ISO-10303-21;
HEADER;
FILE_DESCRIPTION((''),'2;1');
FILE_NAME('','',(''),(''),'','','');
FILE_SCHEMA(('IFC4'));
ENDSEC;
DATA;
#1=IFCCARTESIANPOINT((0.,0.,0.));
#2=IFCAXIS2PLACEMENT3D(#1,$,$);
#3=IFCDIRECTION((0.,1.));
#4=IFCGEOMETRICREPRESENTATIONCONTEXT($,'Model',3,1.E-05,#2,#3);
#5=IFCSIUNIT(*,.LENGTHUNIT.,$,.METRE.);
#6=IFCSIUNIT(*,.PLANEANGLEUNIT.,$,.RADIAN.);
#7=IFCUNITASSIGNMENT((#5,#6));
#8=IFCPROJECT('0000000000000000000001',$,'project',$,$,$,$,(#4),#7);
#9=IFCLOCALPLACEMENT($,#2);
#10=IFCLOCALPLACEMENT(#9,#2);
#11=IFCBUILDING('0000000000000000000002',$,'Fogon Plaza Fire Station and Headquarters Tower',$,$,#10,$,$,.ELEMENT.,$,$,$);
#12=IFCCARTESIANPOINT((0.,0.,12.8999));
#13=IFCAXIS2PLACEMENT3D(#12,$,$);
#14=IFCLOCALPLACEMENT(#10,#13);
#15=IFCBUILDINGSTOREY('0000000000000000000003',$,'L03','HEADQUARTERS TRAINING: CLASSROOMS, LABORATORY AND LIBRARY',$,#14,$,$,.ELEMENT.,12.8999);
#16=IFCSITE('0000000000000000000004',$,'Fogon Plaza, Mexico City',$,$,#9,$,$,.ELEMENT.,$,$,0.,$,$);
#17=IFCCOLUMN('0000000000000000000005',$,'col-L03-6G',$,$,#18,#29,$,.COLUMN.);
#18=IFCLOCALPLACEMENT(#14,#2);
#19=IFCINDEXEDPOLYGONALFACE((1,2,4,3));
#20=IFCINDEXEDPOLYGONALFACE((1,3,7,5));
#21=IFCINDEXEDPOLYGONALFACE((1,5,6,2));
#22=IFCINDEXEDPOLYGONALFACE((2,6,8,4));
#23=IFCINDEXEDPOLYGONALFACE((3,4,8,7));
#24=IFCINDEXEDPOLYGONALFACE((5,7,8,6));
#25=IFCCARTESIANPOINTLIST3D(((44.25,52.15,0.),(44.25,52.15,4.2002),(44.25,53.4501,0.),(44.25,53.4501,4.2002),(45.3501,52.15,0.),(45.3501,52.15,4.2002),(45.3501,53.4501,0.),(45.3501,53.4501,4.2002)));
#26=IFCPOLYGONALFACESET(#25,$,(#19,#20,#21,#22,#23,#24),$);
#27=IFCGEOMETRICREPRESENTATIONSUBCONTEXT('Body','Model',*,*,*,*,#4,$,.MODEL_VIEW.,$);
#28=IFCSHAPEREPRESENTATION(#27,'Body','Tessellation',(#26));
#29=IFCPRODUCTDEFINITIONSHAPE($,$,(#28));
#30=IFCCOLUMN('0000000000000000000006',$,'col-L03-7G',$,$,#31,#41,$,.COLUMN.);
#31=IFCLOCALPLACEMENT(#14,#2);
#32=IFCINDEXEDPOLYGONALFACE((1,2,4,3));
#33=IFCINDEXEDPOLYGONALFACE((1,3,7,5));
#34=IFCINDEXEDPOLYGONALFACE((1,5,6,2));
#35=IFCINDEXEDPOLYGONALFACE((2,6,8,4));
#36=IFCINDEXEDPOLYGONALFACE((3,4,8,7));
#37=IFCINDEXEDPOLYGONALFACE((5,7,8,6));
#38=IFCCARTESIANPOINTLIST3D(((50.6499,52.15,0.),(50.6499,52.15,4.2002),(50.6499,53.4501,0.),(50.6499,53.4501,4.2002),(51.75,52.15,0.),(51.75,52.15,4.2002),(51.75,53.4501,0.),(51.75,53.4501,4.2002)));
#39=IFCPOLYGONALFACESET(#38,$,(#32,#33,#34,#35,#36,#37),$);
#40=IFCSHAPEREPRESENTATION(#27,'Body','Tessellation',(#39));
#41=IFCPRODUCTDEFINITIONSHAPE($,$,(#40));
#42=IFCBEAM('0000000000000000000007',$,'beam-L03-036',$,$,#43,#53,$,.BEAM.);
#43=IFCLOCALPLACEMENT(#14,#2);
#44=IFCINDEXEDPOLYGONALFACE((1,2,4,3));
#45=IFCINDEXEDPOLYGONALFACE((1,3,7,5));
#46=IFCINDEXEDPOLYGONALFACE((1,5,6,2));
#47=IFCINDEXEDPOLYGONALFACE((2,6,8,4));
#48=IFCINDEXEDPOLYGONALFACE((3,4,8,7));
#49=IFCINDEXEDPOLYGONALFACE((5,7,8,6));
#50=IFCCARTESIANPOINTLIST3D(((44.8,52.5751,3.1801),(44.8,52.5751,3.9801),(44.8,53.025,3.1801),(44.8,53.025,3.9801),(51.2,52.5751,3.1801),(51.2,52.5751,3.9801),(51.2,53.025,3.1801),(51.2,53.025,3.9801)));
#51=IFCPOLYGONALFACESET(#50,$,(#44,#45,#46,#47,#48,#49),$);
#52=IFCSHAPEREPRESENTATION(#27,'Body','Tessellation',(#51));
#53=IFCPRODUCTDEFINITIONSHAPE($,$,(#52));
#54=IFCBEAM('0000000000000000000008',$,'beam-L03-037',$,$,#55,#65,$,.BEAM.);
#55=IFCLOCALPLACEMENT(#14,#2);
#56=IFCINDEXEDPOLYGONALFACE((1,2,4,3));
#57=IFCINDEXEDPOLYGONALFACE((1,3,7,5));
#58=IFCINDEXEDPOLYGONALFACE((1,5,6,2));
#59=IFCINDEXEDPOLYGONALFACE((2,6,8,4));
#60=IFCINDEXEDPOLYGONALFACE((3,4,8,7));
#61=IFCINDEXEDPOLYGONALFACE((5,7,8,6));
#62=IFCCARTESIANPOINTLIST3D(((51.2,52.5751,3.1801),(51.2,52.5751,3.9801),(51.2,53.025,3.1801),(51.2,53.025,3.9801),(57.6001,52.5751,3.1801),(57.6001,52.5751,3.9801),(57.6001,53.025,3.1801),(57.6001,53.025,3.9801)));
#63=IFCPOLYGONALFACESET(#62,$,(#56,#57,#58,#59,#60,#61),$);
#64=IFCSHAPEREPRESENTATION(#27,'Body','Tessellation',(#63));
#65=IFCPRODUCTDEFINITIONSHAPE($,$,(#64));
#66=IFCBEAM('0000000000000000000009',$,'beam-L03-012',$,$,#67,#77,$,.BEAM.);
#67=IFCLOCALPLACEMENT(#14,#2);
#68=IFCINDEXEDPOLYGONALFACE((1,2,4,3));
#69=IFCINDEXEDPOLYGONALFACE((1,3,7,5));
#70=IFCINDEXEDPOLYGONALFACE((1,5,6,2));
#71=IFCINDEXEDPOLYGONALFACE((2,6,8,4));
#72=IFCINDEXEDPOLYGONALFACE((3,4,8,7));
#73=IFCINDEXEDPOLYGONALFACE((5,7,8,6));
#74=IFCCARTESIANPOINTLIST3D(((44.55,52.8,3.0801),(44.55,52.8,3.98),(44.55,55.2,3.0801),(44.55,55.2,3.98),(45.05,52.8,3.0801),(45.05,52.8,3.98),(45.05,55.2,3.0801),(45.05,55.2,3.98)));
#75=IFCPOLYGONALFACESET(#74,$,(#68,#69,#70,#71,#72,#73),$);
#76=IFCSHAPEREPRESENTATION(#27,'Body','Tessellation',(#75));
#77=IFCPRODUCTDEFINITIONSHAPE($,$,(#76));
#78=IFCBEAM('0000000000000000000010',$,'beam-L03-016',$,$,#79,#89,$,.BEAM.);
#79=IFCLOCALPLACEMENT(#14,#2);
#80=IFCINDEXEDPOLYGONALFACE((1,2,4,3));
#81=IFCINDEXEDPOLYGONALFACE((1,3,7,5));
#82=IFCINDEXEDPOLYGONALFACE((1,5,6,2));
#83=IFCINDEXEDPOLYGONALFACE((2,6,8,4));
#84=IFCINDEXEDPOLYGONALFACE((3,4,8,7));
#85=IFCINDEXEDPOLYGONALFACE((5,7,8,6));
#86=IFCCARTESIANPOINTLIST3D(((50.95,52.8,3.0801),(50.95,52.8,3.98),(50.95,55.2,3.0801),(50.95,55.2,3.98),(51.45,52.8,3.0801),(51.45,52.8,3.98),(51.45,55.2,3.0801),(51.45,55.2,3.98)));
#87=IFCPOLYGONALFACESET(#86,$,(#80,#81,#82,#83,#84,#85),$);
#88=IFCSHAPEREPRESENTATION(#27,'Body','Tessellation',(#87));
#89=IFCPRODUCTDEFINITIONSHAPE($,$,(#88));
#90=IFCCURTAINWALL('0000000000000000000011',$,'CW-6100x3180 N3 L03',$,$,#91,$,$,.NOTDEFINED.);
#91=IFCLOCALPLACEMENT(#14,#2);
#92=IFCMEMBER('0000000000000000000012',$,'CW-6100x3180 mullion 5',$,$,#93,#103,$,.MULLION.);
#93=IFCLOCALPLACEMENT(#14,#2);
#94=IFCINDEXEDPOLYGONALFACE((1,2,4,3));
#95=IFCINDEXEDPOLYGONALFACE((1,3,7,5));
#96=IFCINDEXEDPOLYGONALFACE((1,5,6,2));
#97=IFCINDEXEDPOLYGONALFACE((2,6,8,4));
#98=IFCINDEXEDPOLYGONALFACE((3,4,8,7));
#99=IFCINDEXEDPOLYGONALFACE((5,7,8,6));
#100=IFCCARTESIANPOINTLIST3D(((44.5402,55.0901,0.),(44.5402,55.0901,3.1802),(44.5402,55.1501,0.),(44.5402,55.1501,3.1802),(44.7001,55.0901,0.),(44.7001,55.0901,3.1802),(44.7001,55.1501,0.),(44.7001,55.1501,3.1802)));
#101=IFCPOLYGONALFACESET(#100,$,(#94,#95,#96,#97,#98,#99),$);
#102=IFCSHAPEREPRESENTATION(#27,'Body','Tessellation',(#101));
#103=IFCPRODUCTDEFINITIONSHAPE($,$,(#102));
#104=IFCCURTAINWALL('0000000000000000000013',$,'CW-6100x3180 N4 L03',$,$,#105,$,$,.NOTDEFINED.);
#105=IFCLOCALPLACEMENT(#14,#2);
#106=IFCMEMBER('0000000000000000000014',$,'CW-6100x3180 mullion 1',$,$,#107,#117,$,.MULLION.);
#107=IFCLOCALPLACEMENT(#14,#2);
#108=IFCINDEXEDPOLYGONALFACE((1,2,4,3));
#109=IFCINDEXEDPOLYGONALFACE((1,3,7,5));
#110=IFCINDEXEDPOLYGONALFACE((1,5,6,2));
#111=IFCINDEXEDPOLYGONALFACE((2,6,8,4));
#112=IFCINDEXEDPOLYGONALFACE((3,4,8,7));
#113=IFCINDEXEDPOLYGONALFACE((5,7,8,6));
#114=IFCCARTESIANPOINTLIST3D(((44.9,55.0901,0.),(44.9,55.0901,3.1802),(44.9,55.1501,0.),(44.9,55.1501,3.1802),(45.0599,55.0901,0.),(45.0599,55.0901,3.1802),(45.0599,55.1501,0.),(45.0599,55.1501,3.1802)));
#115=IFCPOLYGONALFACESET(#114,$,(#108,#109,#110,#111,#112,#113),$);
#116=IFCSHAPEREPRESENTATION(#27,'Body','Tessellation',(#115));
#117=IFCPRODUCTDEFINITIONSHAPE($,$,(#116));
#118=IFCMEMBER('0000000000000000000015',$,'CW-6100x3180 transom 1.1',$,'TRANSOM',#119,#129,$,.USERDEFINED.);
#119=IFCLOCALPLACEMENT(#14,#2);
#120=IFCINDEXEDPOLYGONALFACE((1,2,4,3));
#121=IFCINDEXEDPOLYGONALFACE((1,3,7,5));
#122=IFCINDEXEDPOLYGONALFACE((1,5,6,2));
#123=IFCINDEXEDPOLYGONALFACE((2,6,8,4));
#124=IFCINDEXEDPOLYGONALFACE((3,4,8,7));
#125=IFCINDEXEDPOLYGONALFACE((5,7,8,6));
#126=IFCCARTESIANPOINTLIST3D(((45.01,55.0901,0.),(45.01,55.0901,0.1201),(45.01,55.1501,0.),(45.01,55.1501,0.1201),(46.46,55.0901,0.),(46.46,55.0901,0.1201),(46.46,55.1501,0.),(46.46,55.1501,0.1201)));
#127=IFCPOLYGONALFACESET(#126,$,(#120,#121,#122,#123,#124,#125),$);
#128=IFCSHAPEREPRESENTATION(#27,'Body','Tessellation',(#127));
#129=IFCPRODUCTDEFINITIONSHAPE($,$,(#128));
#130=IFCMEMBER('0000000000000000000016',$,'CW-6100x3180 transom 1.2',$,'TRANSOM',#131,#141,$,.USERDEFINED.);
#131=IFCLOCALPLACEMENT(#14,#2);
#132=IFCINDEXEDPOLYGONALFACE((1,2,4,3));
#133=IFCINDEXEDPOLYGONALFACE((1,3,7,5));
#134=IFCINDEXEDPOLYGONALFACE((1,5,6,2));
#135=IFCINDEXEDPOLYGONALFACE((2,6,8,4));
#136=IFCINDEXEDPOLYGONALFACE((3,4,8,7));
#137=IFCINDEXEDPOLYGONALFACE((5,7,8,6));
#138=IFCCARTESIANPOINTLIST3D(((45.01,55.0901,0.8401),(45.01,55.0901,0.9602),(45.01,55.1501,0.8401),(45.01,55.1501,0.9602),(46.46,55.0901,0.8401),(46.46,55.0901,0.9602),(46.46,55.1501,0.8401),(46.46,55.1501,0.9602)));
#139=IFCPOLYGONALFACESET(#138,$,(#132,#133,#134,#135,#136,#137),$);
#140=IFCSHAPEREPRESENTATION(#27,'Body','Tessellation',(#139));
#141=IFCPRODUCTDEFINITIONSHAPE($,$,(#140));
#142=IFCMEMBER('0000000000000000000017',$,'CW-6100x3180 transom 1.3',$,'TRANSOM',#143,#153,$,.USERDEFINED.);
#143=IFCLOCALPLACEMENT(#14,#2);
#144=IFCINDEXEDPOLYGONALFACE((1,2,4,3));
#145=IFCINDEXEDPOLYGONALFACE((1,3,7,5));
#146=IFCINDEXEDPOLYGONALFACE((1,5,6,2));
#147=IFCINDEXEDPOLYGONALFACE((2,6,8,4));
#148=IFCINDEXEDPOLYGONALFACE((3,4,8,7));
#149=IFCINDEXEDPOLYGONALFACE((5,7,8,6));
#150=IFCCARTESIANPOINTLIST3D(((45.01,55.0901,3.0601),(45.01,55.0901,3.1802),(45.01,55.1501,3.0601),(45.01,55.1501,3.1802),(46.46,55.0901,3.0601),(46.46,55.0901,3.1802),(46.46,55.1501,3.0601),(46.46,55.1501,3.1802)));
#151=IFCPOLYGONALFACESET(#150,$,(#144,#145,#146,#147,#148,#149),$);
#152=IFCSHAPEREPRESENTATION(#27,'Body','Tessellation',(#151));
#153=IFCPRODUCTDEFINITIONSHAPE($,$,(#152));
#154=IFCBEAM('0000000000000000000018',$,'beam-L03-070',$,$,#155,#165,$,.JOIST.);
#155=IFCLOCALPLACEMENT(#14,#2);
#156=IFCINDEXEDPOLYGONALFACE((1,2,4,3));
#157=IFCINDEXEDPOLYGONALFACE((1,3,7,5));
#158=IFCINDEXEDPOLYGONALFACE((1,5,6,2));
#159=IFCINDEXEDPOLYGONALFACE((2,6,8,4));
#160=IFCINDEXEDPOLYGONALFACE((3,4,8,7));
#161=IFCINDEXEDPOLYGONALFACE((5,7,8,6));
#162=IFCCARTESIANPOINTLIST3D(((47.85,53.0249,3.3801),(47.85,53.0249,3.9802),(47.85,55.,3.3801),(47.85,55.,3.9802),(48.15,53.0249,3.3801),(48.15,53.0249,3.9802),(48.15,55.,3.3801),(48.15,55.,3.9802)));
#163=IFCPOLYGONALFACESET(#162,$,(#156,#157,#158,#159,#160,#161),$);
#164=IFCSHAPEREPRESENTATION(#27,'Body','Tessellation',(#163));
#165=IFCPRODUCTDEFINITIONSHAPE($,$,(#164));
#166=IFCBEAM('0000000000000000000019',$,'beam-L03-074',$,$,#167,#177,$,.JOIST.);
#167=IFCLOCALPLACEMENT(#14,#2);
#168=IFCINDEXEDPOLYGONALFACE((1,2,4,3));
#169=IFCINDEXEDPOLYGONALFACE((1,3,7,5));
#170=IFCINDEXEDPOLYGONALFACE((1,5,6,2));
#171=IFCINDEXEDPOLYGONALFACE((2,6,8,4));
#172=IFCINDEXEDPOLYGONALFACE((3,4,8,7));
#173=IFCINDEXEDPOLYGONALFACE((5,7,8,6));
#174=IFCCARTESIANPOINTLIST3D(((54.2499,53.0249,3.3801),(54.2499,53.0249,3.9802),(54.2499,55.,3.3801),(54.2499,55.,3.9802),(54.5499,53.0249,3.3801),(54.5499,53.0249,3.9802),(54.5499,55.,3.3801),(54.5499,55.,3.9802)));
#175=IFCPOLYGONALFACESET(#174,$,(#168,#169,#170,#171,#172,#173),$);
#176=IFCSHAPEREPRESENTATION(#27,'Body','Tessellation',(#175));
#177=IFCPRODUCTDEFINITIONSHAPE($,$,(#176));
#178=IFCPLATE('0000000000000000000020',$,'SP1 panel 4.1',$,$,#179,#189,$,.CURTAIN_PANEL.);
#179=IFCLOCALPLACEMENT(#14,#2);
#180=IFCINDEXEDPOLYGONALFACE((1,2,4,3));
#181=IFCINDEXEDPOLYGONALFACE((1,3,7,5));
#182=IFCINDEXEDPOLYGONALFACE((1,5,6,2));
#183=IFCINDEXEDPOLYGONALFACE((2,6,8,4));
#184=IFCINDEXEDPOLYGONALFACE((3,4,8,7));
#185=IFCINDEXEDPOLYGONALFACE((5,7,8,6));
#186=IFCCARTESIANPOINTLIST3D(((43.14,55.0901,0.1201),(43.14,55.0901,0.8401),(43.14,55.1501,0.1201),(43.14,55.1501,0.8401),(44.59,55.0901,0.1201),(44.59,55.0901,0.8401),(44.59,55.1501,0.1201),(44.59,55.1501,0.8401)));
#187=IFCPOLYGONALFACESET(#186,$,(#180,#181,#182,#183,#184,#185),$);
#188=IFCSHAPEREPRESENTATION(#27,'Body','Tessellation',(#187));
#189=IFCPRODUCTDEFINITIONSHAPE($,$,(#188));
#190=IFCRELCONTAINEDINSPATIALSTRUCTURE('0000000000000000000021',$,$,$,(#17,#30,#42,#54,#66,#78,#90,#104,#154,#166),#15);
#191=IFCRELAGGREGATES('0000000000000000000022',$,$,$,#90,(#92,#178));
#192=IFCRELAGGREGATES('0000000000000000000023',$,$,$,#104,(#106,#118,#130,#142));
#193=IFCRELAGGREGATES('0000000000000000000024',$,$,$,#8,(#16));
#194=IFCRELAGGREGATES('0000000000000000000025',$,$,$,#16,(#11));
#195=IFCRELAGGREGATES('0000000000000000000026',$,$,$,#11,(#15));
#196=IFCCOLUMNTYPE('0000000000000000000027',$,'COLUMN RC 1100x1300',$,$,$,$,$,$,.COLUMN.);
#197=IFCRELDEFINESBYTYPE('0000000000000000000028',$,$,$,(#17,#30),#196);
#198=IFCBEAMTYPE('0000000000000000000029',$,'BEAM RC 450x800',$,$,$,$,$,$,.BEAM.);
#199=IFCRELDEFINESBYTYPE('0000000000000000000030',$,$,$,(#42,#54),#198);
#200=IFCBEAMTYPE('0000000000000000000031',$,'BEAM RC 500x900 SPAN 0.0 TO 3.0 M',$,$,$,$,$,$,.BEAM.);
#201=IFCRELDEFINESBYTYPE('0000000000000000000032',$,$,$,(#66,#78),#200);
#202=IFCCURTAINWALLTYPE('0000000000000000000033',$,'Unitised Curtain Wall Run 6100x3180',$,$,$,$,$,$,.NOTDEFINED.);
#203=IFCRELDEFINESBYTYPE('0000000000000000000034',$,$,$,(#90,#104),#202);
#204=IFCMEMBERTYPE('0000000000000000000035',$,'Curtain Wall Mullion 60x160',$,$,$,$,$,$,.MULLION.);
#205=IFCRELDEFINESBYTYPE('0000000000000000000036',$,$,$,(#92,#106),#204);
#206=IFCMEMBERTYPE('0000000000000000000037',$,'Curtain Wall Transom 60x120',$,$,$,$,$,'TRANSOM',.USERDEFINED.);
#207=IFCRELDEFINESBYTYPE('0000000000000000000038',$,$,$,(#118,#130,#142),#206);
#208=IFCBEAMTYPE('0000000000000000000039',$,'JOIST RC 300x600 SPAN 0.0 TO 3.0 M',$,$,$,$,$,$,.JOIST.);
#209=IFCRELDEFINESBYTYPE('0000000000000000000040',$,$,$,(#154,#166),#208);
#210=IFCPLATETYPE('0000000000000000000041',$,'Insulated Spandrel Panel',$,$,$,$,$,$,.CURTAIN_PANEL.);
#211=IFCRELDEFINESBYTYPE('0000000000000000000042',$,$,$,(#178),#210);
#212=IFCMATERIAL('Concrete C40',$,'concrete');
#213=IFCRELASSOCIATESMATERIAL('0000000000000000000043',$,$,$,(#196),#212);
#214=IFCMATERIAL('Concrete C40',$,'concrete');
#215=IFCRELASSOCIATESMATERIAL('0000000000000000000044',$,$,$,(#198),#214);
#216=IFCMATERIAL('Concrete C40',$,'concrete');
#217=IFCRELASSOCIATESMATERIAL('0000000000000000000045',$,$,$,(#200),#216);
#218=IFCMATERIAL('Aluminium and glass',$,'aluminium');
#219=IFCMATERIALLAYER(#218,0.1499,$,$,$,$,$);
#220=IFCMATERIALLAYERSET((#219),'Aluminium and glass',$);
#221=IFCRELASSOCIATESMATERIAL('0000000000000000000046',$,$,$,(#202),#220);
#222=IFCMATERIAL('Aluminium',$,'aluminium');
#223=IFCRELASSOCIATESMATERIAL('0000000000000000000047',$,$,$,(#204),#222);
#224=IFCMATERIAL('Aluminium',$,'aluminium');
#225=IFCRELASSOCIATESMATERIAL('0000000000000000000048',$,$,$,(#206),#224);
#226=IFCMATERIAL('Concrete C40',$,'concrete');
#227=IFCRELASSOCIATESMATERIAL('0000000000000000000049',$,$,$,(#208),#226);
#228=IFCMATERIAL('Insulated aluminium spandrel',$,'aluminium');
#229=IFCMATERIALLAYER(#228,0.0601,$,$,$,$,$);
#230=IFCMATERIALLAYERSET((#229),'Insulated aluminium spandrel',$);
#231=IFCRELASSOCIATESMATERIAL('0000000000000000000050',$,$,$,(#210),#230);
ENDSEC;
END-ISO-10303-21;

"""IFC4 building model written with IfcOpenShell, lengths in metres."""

from ifc_helpers import new_model, si_unit, direction, frame, origin, origin_2d, place, context, subcontext, project, spatial, rectangle, extrude, material, layer, layer_set, material_profile, profile_set, type_object, element, aggregate, save


model = new_model("IFC4")

# Units and contexts
model_context = context("Model", 3, precision=1e-05, world=origin(), true_north=direction((0.0, 1.0)))
body_context = subcontext(model_context, "Body", "Model", "MODEL_VIEW")
ifc_project = project(units=[si_unit("LENGTHUNIT", "METRE"), si_unit("PLANEANGLEUNIT", "RADIAN")], contexts=[model_context])

# Site, building, storey
site_placement = place(None, origin())
site = spatial("IfcSite", under=ifc_project, at=site_placement, Name="Fogon Plaza, Mexico City", CompositionType="ELEMENT", RefElevation=0.0)
building_placement = place(site_placement, origin())
building = spatial("IfcBuilding", under=site, at=building_placement, Name="Fogon Plaza Fire Station and Headquarters Tower", CompositionType="ELEMENT")
storey_placement = place(building_placement, frame((0.0, 0.0, 12.8999)))
storey = spatial("IfcBuildingStorey", under=building, at=storey_placement, Name="L03", Description="HEADQUARTERS TRAINING: CLASSROOMS, LABORATORY AND LIBRARY", CompositionType="ELEMENT", Elevation=12.8999)

# Columns
ifc_material_1 = material(Name="Concrete C40", Category="concrete")
ifc_material_profile_1 = material_profile(ifc_material_1, rectangle(XDim=1.1001, YDim=1.3, at=origin_2d()), Name="RC 1100x1300")
ifc_profile_set_1 = profile_set([ifc_material_profile_1], Name="Concrete C40")
column_type = type_object("IfcColumnType", Name="COLUMN RC 1100x1300", PredefinedType="COLUMN", material=ifc_profile_set_1)
for number, where, z_axis, x_axis, name in (
    (1, (44.8, 52.8, 0.0), (0.0, 0.0, 1.0), (1.0, 0.0, 0.0), "col-L03-6G"),
    (2, (51.2, 52.8, 0.0), (0.0, 0.0, 1.0), (1.0, 0.0, 0.0), "col-L03-7G"),
):
    element("IfcColumn", number, at=place(storey_placement, frame(where, z_axis=z_axis, x_axis=x_axis)), inside=storey, type_object=column_type, Name=name, PredefinedType="COLUMN", context=body_context, shape_type="SweptSolid", body=[
        extrude(rectangle(XDim=1.1001, YDim=1.3, at=origin_2d()), origin(), (0.0, 0.0, 1.0), 4.2002),
    ])

# Beams
ifc_material_2 = material(Name="Concrete C40", Category="concrete")
ifc_material_profile_2 = material_profile(ifc_material_2, rectangle(XDim=0.45, YDim=0.8, at=origin_2d()), Name="RC 450x800")
ifc_profile_set_2 = profile_set([ifc_material_profile_2], Name="Concrete C40")
beam_type_1 = type_object("IfcBeamType", Name="BEAM RC 450x800", PredefinedType="BEAM", material=ifc_profile_set_2)
beam_1_placement = place(storey_placement, frame((44.8, 52.8, 3.5801), z_axis=(1.0, 0.0, 0.0), x_axis=(0.0, 1.0, 0.0)))
element("IfcBeam", 3, at=beam_1_placement, inside=storey, type_object=beam_type_1, Name="beam-L03-036", PredefinedType="BEAM", context=body_context, shape_type="SweptSolid", body=[
    extrude(rectangle(XDim=0.45, YDim=0.8, at=origin_2d()), origin(), (0.0, 0.0, 1.0), 6.3999),
])
beam_2_placement = place(storey_placement, frame((51.2, 52.8, 3.5801), z_axis=(1.0, 0.0, 0.0), x_axis=(0.0, 1.0, 0.0)))
element("IfcBeam", 4, at=beam_2_placement, inside=storey, type_object=beam_type_1, Name="beam-L03-037", PredefinedType="BEAM", context=body_context, shape_type="SweptSolid", body=[
    extrude(rectangle(XDim=0.45, YDim=0.8, at=origin_2d()), origin(), (0.0, 0.0, 1.0), 6.4001),
])
ifc_material_3 = material(Name="Concrete C40", Category="concrete")
ifc_material_profile_3 = material_profile(ifc_material_3, rectangle(XDim=0.5, YDim=0.8999, at=origin_2d()), Name="RC 500x900")
ifc_profile_set_3 = profile_set([ifc_material_profile_3], Name="Concrete C40")
beam_type_2 = type_object("IfcBeamType", Name="BEAM RC 500x900 SPAN 0.0 TO 3.0 M", PredefinedType="BEAM", material=ifc_profile_set_3)
for number, where, z_axis, x_axis, name in (
    (5, (44.8, 52.8, 3.53), (0.0, 1.0, 0.0), (-1.0, 0.0, 0.0), "beam-L03-012"),
    (6, (51.2, 52.8, 3.53), (0.0, 1.0, 0.0), (-1.0, 0.0, 0.0), "beam-L03-016"),
):
    element("IfcBeam", number, at=place(storey_placement, frame(where, z_axis=z_axis, x_axis=x_axis)), inside=storey, type_object=beam_type_2, Name=name, PredefinedType="BEAM", context=body_context, shape_type="SweptSolid", body=[
        extrude(rectangle(XDim=0.5, YDim=0.8999, at=origin_2d()), origin(), (0.0, 0.0, 1.0), 2.3999),
    ])

# Curtain wall, member
ifc_material_4 = material(Name="Aluminium and glass", Category="aluminium")
ifc_layer_1 = layer(ifc_material_4, 0.1499)
ifc_layer_set_1 = layer_set([ifc_layer_1], Name="Aluminium and glass")
curtain_wall_type = type_object("IfcCurtainWallType", Name="Unitised Curtain Wall Run 6100x3180", PredefinedType="NOTDEFINED", material=ifc_layer_set_1)
curtain_wall_1_placement = place(storey_placement, origin())
curtain_wall_1 = element("IfcCurtainWall", 7, at=curtain_wall_1_placement, inside=storey, type_object=curtain_wall_type, Name="CW-6100x3180 N3 L03", PredefinedType="NOTDEFINED")
ifc_material_5 = material(Name="Aluminium", Category="aluminium")
ifc_material_profile_4 = material_profile(ifc_material_5, rectangle(XDim=0.0601, YDim=0.1599, at=origin_2d()), Name="Curtain Wall Mullion 60x160")
ifc_profile_set_4 = profile_set([ifc_material_profile_4], Name="Aluminium")
member_type_1 = type_object("IfcMemberType", Name="Curtain Wall Mullion 60x160", PredefinedType="MULLION", material=ifc_profile_set_4)
member_1_placement = place(storey_placement, frame((44.6201, 55.1201, 0.0), z_axis=(0.0, 0.0, 1.0), x_axis=(0.0, 1.0, 0.0)))
member_1 = element("IfcMember", 8, at=member_1_placement, type_object=member_type_1, Name="CW-6100x3180 mullion 5", PredefinedType="MULLION", context=body_context, shape_type="SweptSolid", body=[
    extrude(rectangle(XDim=0.0601, YDim=0.1599, at=origin_2d()), origin(), (0.0, 0.0, 1.0), 3.1802),
])

# Curtain wall, members
curtain_wall_2_placement = place(storey_placement, origin())
curtain_wall_2 = element("IfcCurtainWall", 9, at=curtain_wall_2_placement, inside=storey, type_object=curtain_wall_type, Name="CW-6100x3180 N4 L03", PredefinedType="NOTDEFINED")
member_2_placement = place(storey_placement, frame((44.98, 55.1201, 0.0), z_axis=(0.0, 0.0, 1.0), x_axis=(0.0, 1.0, 0.0)))
member_2 = element("IfcMember", 10, at=member_2_placement, type_object=member_type_1, Name="CW-6100x3180 mullion 1", PredefinedType="MULLION", context=body_context, shape_type="SweptSolid", body=[
    extrude(rectangle(XDim=0.0601, YDim=0.1599, at=origin_2d()), origin(), (0.0, 0.0, 1.0), 3.1802),
])
ifc_material_6 = material(Name="Aluminium", Category="aluminium")
ifc_material_profile_5 = material_profile(ifc_material_6, rectangle(XDim=0.0601, YDim=0.1201, at=origin_2d()), Name="Curtain Wall Transom 60x120")
ifc_profile_set_5 = profile_set([ifc_material_profile_5], Name="Aluminium")
member_type_2 = type_object("IfcMemberType", Name="Curtain Wall Transom 60x120", ElementType="TRANSOM", PredefinedType="USERDEFINED", material=ifc_profile_set_5)
member_3_placement = place(storey_placement, frame((45.01, 55.1201, 0.0601), z_axis=(1.0, 0.0, 0.0), x_axis=(0.0, 1.0, 0.0)))
member_3 = element("IfcMember", 11, at=member_3_placement, type_object=member_type_2, Name="CW-6100x3180 transom 1.1", ObjectType="TRANSOM", PredefinedType="USERDEFINED", context=body_context, shape_type="SweptSolid", body=[
    extrude(rectangle(XDim=0.0601, YDim=0.1201, at=origin_2d()), origin(), (0.0, 0.0, 1.0), 1.45),
])
member_4_placement = place(storey_placement, frame((45.01, 55.1201, 0.9001), z_axis=(1.0, 0.0, 0.0), x_axis=(0.0, 1.0, 0.0)))
member_4 = element("IfcMember", 12, at=member_4_placement, type_object=member_type_2, Name="CW-6100x3180 transom 1.2", ObjectType="TRANSOM", PredefinedType="USERDEFINED", context=body_context, shape_type="SweptSolid", body=[
    extrude(rectangle(XDim=0.0601, YDim=0.1201, at=origin_2d()), origin(), (0.0, 0.0, 1.0), 1.45),
])
member_5_placement = place(storey_placement, frame((45.01, 55.1201, 3.1201), z_axis=(1.0, 0.0, 0.0), x_axis=(0.0, 1.0, 0.0)))
member_5 = element("IfcMember", 13, at=member_5_placement, type_object=member_type_2, Name="CW-6100x3180 transom 1.3", ObjectType="TRANSOM", PredefinedType="USERDEFINED", context=body_context, shape_type="SweptSolid", body=[
    extrude(rectangle(XDim=0.0601, YDim=0.1201, at=origin_2d()), origin(), (0.0, 0.0, 1.0), 1.45),
])

# Beams
ifc_material_7 = material(Name="Concrete C40", Category="concrete")
ifc_material_profile_6 = material_profile(ifc_material_7, rectangle(XDim=0.3, YDim=0.6001, at=origin_2d()), Name="RC 300x600")
ifc_profile_set_6 = profile_set([ifc_material_profile_6], Name="Concrete C40")
beam_type_3 = type_object("IfcBeamType", Name="JOIST RC 300x600 SPAN 0.0 TO 3.0 M", PredefinedType="JOIST", material=ifc_profile_set_6)
for number, where, z_axis, x_axis, name in (
    (14, (48.0, 53.0249, 3.6802), (0.0, 1.0, 0.0), (-1.0, 0.0, 0.0), "beam-L03-070"),
    (15, (54.3999, 53.0249, 3.6802), (0.0, 1.0, 0.0), (-1.0, 0.0, 0.0), "beam-L03-074"),
):
    element("IfcBeam", number, at=place(storey_placement, frame(where, z_axis=z_axis, x_axis=x_axis)), inside=storey, type_object=beam_type_3, Name=name, PredefinedType="JOIST", context=body_context, shape_type="SweptSolid", body=[
        extrude(rectangle(XDim=0.3, YDim=0.6001, at=origin_2d()), origin(), (0.0, 0.0, 1.0), 1.9751),
    ])

# Plate
ifc_material_8 = material(Name="Insulated aluminium spandrel", Category="aluminium")
ifc_layer_2 = layer(ifc_material_8, 0.0601)
ifc_layer_set_2 = layer_set([ifc_layer_2], Name="Insulated aluminium spandrel")
plate_type_1 = type_object("IfcPlateType", Name="Insulated Spandrel Panel", PredefinedType="CURTAIN_PANEL", material=ifc_layer_set_2)
plate_1_placement = place(storey_placement, frame((43.865, 55.1201, 0.1201), z_axis=(0.0, 0.0, 1.0), x_axis=(1.0, 0.0, 0.0)))
plate_1 = element("IfcPlate", 16, at=plate_1_placement, type_object=plate_type_1, Name="SP1 panel 4.1", PredefinedType="CURTAIN_PANEL", context=body_context, shape_type="SweptSolid", body=[
    extrude(rectangle(XDim=1.45, YDim=0.0601, at=origin_2d()), origin(), (0.0, 0.0, 1.0), 0.72),
])
aggregate(curtain_wall_1, [member_1, plate_1])
aggregate(curtain_wall_2, [member_2, member_3, member_4, member_5])

save(model, "model.ifc")
